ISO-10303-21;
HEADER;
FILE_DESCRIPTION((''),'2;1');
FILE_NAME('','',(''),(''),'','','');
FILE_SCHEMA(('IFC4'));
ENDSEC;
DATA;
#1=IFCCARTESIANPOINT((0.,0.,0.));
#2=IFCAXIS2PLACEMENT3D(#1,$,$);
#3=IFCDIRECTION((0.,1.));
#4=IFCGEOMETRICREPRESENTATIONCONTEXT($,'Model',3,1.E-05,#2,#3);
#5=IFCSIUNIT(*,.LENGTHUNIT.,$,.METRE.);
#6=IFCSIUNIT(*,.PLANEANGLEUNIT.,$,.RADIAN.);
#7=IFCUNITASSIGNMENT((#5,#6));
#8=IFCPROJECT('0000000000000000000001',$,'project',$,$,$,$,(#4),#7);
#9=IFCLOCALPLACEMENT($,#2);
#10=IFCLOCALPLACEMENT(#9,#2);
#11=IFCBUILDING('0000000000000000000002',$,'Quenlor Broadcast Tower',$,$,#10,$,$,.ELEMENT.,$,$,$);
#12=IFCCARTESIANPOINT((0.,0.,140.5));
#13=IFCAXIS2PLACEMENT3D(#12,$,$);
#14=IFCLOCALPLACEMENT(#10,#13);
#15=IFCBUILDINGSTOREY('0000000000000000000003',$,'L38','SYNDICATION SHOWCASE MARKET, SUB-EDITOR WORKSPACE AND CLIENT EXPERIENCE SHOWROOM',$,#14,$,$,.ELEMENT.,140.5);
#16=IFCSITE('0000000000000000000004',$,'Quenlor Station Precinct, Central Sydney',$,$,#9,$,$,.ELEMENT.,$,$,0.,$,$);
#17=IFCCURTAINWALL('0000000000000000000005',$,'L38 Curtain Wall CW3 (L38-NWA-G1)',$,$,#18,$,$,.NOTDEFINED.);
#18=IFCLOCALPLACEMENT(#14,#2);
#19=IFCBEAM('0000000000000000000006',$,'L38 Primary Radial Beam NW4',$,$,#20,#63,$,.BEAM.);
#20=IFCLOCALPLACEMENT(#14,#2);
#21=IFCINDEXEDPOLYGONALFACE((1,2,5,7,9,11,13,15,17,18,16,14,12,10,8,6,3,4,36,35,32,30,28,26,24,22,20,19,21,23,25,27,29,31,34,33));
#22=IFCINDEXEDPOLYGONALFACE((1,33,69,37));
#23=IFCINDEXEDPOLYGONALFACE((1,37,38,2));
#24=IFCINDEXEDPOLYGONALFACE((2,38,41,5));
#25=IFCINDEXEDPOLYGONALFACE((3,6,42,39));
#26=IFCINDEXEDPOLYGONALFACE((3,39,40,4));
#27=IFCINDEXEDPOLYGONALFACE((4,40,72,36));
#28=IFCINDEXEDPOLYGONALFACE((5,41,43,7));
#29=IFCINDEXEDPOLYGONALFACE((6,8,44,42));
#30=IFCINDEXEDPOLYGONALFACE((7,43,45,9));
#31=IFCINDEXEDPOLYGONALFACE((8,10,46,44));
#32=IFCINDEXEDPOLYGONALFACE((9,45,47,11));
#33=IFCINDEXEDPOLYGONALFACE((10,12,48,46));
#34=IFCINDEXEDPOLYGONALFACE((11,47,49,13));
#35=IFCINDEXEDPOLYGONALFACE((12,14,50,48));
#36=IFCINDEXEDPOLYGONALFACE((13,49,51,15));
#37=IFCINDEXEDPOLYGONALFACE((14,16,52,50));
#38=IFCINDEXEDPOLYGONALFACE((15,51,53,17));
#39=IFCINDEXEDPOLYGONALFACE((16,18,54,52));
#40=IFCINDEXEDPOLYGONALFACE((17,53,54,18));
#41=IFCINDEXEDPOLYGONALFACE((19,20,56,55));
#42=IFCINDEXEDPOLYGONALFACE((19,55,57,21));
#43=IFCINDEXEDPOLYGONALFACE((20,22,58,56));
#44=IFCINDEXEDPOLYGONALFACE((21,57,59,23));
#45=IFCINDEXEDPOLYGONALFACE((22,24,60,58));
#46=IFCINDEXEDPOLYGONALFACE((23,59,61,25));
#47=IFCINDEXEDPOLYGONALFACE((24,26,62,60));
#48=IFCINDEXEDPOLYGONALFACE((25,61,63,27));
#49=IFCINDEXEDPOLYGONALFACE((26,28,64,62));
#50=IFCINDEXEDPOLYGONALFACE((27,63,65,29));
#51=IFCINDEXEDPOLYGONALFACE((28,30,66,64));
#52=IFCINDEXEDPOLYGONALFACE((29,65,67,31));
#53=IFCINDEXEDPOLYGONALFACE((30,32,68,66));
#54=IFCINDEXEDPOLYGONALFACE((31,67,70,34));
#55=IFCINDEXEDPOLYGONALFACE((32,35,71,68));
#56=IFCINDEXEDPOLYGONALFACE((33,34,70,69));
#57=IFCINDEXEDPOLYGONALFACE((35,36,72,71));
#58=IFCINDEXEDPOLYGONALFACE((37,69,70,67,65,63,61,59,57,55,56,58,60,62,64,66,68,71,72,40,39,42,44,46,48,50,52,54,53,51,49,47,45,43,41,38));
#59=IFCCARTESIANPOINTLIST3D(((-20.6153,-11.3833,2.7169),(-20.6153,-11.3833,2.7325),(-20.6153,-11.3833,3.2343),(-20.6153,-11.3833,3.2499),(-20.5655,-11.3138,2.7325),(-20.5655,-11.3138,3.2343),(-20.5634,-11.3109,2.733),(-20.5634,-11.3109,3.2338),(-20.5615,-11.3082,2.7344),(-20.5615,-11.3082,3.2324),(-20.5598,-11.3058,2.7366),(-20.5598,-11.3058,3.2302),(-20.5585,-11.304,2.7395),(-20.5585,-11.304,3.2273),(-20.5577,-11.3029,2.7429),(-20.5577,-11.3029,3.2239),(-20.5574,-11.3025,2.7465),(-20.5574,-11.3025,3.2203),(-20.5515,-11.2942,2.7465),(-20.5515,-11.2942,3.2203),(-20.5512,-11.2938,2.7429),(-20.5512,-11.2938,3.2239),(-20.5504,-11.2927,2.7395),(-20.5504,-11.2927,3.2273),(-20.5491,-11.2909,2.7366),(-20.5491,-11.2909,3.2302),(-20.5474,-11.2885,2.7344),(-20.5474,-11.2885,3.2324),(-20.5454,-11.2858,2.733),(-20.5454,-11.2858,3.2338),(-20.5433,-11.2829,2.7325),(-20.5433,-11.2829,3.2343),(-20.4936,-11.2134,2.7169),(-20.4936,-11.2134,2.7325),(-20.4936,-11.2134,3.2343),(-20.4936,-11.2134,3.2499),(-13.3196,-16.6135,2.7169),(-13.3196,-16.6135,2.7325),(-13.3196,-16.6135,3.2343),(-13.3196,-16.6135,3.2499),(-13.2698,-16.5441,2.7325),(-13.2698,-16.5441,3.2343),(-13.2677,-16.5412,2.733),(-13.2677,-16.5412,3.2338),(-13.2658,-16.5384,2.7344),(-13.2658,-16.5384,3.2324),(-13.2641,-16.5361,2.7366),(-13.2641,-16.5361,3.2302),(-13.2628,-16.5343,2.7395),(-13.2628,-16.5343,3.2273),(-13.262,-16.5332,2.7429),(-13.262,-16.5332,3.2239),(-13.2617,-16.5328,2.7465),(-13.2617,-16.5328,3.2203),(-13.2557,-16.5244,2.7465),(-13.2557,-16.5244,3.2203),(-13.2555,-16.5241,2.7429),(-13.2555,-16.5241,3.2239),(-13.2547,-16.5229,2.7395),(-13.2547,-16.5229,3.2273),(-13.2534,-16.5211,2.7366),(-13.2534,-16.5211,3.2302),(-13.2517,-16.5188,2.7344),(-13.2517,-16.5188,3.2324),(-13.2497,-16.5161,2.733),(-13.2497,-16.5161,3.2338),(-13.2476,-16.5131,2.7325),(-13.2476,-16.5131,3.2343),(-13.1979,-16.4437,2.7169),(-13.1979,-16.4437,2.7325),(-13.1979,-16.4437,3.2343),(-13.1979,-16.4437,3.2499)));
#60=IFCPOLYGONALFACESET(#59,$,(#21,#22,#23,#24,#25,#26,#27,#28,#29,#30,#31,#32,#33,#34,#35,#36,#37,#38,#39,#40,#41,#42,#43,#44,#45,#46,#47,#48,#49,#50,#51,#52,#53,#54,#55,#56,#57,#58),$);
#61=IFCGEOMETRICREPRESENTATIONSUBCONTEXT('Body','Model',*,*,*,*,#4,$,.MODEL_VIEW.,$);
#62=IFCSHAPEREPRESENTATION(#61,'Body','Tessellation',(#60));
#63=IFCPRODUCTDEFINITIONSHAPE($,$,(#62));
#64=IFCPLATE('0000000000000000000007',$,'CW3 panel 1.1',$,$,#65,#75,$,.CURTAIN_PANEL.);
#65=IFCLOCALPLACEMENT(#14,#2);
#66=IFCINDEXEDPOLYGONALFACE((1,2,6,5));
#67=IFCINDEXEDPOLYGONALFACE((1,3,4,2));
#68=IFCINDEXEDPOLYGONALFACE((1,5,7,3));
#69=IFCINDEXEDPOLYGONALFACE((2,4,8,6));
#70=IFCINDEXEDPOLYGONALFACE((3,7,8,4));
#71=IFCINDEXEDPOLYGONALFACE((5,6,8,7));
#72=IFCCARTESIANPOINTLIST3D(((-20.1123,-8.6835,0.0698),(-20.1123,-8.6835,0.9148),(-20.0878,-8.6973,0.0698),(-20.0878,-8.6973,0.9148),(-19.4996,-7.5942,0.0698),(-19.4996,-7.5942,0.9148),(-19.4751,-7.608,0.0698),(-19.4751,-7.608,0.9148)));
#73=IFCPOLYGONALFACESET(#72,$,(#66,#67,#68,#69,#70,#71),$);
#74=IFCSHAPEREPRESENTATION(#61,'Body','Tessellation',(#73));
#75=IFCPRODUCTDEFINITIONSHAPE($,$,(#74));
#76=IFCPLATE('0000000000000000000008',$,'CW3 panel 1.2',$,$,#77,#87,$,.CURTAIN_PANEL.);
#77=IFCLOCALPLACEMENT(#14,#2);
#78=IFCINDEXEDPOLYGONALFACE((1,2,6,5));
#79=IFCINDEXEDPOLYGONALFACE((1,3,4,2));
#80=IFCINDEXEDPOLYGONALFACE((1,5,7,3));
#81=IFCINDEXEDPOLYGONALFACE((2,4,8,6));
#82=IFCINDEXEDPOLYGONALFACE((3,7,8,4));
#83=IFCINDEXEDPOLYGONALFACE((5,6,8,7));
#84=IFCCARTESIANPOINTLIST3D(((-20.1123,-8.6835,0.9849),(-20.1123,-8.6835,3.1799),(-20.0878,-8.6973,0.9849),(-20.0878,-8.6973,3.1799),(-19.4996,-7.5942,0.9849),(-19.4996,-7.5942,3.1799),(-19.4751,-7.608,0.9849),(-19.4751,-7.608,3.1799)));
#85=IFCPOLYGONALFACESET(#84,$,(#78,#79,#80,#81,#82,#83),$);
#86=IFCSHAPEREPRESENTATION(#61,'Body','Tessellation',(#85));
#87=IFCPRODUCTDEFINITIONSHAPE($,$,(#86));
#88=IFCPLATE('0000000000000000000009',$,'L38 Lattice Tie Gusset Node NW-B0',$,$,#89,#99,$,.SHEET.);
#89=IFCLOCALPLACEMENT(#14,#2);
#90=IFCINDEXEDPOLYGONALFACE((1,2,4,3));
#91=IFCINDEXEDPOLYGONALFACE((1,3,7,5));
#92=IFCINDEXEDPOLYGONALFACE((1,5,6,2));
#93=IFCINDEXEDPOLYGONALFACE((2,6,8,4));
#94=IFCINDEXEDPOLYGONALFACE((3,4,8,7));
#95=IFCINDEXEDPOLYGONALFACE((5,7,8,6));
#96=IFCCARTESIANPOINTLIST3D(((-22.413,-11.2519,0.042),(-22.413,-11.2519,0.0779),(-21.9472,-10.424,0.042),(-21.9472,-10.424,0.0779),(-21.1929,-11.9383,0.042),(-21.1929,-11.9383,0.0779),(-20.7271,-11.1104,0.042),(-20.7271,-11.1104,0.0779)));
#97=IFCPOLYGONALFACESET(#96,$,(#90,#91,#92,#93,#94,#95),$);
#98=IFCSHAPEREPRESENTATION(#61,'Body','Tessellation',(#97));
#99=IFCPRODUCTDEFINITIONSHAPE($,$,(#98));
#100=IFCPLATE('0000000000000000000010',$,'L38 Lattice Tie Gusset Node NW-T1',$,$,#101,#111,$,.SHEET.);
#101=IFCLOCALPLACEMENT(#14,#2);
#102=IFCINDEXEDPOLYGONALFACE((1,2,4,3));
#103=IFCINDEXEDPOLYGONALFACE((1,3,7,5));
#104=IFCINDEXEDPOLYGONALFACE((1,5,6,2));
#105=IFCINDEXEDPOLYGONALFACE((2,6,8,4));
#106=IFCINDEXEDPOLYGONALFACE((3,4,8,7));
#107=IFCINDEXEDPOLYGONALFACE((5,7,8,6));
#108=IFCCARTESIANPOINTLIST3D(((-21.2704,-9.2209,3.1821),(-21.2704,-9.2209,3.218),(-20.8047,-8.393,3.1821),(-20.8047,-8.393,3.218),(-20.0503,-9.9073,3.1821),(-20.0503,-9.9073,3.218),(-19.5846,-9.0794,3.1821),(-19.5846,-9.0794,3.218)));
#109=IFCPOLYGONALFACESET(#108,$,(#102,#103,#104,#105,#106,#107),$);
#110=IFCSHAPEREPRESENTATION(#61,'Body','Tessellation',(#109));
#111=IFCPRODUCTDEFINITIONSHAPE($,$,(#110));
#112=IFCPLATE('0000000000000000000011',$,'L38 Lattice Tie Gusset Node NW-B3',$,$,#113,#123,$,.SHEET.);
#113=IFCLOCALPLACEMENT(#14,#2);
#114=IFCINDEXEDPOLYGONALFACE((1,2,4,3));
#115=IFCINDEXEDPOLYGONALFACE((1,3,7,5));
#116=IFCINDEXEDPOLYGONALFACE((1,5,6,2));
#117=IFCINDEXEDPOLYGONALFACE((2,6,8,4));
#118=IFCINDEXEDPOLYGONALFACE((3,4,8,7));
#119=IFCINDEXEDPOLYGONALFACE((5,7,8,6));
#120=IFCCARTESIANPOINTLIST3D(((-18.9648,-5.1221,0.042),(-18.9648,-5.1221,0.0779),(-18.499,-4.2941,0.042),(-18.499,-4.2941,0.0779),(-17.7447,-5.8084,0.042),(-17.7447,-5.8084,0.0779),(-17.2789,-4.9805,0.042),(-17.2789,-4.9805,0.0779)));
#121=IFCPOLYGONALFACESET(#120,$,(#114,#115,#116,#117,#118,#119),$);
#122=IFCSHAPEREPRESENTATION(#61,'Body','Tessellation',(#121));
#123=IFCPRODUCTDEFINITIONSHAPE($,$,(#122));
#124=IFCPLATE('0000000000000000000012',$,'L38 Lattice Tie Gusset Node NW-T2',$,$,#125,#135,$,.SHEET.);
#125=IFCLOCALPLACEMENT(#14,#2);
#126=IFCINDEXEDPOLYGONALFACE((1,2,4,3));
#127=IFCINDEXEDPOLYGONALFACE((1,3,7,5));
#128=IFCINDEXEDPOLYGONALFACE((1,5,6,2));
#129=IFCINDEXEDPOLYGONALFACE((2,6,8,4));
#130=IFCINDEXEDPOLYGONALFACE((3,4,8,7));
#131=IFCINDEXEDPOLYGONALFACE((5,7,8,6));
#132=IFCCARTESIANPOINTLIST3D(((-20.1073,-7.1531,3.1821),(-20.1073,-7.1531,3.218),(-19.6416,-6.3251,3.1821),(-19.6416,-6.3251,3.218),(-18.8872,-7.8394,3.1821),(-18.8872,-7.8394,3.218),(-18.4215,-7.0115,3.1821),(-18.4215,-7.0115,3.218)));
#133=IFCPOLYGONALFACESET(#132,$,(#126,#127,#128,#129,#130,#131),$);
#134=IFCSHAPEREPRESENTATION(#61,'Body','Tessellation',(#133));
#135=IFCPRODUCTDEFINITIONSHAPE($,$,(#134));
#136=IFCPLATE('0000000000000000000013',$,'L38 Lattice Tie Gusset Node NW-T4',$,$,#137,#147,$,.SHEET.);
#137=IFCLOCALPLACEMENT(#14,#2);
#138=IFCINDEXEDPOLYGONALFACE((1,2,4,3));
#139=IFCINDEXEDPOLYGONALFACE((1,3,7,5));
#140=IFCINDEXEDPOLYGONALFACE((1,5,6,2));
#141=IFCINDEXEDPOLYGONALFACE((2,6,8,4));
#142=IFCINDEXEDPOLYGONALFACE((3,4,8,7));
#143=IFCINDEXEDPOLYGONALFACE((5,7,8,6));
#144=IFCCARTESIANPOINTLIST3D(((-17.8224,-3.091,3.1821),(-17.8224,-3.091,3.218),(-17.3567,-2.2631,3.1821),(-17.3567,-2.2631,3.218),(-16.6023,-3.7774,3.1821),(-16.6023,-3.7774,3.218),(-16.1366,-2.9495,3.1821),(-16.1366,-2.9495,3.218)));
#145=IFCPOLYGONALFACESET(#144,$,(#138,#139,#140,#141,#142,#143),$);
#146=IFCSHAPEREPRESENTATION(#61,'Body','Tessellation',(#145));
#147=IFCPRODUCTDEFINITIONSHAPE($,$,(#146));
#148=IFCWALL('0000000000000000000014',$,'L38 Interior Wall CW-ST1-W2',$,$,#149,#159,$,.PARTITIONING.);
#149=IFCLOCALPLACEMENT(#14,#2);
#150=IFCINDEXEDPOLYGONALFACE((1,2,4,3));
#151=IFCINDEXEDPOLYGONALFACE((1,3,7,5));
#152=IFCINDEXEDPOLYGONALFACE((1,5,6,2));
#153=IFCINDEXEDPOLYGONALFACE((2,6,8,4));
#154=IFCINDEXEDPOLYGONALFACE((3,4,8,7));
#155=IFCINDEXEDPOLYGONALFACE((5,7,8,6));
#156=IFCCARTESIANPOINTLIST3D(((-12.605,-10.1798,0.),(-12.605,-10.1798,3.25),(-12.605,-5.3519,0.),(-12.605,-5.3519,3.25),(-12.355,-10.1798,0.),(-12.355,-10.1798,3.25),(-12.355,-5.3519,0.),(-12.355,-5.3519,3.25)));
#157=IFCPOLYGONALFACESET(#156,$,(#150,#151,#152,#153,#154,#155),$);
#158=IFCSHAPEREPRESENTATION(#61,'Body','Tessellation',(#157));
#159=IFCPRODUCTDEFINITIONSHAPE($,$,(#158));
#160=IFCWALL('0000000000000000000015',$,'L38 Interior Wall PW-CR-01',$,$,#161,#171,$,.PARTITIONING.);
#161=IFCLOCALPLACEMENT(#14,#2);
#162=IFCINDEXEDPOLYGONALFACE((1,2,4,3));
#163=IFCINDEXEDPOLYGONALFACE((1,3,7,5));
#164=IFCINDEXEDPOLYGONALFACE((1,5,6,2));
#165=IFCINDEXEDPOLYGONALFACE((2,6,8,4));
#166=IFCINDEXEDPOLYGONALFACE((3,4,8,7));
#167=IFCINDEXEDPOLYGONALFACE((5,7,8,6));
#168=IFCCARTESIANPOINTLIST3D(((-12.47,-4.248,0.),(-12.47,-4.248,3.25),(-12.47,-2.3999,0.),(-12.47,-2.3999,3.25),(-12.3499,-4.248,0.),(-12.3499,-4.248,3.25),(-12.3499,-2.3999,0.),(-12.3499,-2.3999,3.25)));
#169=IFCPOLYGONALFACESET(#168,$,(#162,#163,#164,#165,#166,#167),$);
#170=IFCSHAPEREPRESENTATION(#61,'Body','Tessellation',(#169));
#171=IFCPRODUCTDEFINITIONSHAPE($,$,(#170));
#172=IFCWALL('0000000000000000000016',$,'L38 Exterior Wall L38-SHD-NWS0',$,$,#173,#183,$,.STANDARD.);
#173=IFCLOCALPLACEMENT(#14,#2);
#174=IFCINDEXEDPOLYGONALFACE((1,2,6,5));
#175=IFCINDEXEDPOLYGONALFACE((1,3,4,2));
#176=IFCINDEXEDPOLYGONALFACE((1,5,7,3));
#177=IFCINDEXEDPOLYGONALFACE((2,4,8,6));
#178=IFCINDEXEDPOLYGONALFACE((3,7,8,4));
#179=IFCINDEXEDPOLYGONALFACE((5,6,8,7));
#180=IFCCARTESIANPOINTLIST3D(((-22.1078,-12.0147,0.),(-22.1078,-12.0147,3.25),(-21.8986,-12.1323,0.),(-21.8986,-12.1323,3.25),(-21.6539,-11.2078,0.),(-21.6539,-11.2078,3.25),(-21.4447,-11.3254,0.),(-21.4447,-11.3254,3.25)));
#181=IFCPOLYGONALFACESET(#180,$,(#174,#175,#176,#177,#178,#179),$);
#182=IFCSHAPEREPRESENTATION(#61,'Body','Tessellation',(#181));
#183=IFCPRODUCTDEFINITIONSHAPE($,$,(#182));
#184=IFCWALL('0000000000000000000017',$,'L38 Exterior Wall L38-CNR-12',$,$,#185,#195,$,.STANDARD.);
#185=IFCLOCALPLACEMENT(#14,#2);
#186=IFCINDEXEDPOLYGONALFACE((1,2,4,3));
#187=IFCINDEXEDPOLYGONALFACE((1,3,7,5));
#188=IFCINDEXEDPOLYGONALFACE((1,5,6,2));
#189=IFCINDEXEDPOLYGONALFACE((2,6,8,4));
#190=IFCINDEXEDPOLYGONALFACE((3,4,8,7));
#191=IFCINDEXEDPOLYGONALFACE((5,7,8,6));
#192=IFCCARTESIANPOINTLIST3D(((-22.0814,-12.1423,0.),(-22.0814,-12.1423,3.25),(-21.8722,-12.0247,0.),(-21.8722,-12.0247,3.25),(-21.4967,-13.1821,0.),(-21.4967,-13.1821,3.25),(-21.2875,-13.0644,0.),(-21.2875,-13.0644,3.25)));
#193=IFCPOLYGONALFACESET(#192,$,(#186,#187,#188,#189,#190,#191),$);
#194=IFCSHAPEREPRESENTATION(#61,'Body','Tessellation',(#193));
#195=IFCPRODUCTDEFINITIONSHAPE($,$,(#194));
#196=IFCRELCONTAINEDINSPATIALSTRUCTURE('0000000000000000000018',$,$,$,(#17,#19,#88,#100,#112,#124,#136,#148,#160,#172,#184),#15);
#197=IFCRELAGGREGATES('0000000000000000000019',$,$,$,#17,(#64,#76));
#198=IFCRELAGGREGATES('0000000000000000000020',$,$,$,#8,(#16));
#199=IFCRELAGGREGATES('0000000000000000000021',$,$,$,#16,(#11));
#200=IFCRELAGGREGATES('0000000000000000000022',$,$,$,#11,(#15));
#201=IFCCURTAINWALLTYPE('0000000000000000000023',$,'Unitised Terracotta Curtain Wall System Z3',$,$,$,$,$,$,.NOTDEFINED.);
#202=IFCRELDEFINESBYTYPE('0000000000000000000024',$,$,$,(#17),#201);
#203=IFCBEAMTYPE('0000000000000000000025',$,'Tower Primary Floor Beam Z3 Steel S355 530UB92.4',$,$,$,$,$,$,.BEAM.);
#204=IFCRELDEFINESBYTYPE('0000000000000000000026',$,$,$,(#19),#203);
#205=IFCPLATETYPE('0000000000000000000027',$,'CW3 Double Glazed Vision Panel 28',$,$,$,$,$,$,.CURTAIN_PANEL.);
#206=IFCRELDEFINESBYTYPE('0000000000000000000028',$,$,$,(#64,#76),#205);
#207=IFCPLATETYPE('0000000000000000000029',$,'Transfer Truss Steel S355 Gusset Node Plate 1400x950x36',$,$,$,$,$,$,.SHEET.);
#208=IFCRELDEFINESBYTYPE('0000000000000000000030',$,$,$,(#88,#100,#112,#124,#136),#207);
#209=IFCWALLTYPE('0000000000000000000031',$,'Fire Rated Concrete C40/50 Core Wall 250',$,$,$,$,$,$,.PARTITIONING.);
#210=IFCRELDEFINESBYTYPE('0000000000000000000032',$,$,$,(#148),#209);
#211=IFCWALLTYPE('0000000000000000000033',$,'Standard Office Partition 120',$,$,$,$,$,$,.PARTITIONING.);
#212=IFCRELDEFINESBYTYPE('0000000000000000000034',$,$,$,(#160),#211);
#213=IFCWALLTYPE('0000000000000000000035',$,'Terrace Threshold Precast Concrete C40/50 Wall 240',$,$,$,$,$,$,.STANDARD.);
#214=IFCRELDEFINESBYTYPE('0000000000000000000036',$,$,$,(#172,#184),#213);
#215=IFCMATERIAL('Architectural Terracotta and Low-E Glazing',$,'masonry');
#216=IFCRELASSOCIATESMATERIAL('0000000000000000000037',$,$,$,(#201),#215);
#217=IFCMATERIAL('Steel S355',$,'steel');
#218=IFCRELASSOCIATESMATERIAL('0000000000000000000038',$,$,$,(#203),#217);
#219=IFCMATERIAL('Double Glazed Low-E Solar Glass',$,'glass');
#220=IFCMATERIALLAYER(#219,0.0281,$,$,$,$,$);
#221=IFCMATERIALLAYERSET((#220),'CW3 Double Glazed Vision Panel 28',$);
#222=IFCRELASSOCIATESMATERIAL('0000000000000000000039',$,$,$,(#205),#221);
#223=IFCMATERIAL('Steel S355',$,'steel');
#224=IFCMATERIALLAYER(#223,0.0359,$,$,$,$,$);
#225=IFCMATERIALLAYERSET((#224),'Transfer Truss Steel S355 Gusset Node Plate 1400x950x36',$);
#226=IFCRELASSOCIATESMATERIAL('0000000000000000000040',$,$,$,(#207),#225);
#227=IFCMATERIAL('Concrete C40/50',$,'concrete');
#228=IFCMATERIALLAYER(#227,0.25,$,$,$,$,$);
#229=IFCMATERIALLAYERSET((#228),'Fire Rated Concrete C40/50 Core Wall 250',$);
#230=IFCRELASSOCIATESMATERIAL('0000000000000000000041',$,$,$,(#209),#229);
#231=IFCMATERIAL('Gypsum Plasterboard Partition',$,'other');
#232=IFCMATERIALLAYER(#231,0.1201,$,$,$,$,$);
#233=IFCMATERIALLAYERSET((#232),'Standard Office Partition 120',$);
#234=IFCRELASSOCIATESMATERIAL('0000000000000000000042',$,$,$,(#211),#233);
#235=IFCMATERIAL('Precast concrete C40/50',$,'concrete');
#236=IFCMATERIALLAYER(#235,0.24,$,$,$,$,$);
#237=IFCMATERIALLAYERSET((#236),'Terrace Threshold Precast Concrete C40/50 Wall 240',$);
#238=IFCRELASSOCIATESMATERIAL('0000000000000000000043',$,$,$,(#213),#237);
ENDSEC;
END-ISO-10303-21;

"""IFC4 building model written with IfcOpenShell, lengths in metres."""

from ifc_helpers import new_model, si_unit, direction, frame, frame_2d, origin, origin_2d, place, context, subcontext, project, spatial, rectangle, i_section, extrude, material, layer, layer_set, material_profile, profile_set, type_object, element, aggregate, save


model = new_model("IFC4")

# Units and contexts
model_context = context("Model", 3, precision=1e-05, world=origin(), true_north=direction((0.0, 1.0)))
body_context = subcontext(model_context, "Body", "Model", "MODEL_VIEW")
ifc_project = project(units=[si_unit("LENGTHUNIT", "METRE"), si_unit("PLANEANGLEUNIT", "RADIAN")], contexts=[model_context])

# Site, building, storey
site_placement = place(None, origin())
site = spatial("IfcSite", under=ifc_project, at=site_placement, Name="Quenlor Station Precinct, Central Sydney", CompositionType="ELEMENT", RefElevation=0.0)
building_placement = place(site_placement, origin())
building = spatial("IfcBuilding", under=site, at=building_placement, Name="Quenlor Broadcast Tower", CompositionType="ELEMENT")
storey_placement = place(building_placement, frame((0.0, 0.0, 140.5)))
storey = spatial("IfcBuildingStorey", under=building, at=storey_placement, Name="L38", Description="SYNDICATION SHOWCASE MARKET, SUB-EDITOR WORKSPACE AND CLIENT EXPERIENCE SHOWROOM", CompositionType="ELEMENT", Elevation=140.5)

# Curtain wall
ifc_material_1 = material(Name="Architectural Terracotta and Low-E Glazing", Category="masonry")
curtain_wall_type = type_object("IfcCurtainWallType", Name="Unitised Terracotta Curtain Wall System Z3", PredefinedType="NOTDEFINED", material=ifc_material_1)
curtain_wall_placement = place(storey_placement, origin())
curtain_wall = element("IfcCurtainWall", 1, at=curtain_wall_placement, inside=storey, type_object=curtain_wall_type, Name="L38 Curtain Wall CW3 (L38-NWA-G1)", PredefinedType="NOTDEFINED")

# Beam
ifc_material_2 = material(Name="Steel S355", Category="steel")
ifc_material_profile_1 = material_profile(ifc_material_2, i_section(OverallWidth=0.209, OverallDepth=0.533, WebThickness=0.0103, FlangeThickness=0.0156, FilletRadius=0.0139, at=origin_2d()))
ifc_profile_set_1 = profile_set([ifc_material_profile_1], Name="Steel S355 530UB92.4")
beam_type_1 = type_object("IfcBeamType", Name="Tower Primary Floor Beam Z3 Steel S355 530UB92.4", PredefinedType="BEAM", material=ifc_profile_set_1)
beam_1_placement = place(storey_placement, frame((-20.5544, -11.2983, 2.9834), z_axis=(0.812729, -0.582642, 0.0), x_axis=(0.582642, 0.812729, 0.0)))
element("IfcBeam", 2, at=beam_1_placement, inside=storey, type_object=beam_type_1, Name="L38 Primary Radial Beam NW4", PredefinedType="BEAM", context=body_context, shape_type="SweptSolid", body=[
    extrude(i_section(OverallWidth=0.209, OverallDepth=0.533, WebThickness=0.0103, FlangeThickness=0.0156, FilletRadius=0.0139, at=origin_2d()), origin(), (0.0, 0.0, 1.0), 8.9768),
])

# Plates
ifc_material_3 = material(Name="Double Glazed Low-E Solar Glass", Category="glass")
ifc_layer_1 = layer(ifc_material_3, 0.0281)
ifc_layer_set_1 = layer_set([ifc_layer_1], Name="CW3 Double Glazed Vision Panel 28")
plate_type_1 = type_object("IfcPlateType", Name="CW3 Double Glazed Vision Panel 28", PredefinedType="CURTAIN_PANEL", material=ifc_layer_set_1)
plate_1_placement = place(storey_placement, frame((-19.7937, -8.1458, 0.0698), z_axis=(0.0, 0.0, 1.0), x_axis=(0.490261, 0.871576, 0.0)))
plate_1 = element("IfcPlate", 3, at=plate_1_placement, type_object=plate_type_1, Name="CW3 panel 1.1", PredefinedType="CURTAIN_PANEL", context=body_context, shape_type="SweptSolid", body=[
    extrude(rectangle(XDim=1.2498, YDim=0.0281, at=origin_2d()), origin(), (0.0, 0.0, 1.0), 0.845),
])
plate_2_placement = place(storey_placement, frame((-19.7937, -8.1458, 0.9849), z_axis=(0.0, 0.0, 1.0), x_axis=(0.490261, 0.871576, 0.0)))
plate_2 = element("IfcPlate", 4, at=plate_2_placement, type_object=plate_type_1, Name="CW3 panel 1.2", PredefinedType="CURTAIN_PANEL", context=body_context, shape_type="SweptSolid", body=[
    extrude(rectangle(XDim=1.2498, YDim=0.0281, at=origin_2d()), origin(), (0.0, 0.0, 1.0), 2.1951),
])
aggregate(curtain_wall, [plate_1, plate_2])

# Plates
ifc_material_4 = material(Name="Steel S355", Category="steel")
ifc_layer_2 = layer(ifc_material_4, 0.0359)
ifc_layer_set_2 = layer_set([ifc_layer_2], Name="Transfer Truss Steel S355 Gusset Node Plate 1400x950x36")
plate_type_2 = type_object("IfcPlateType", Name="Transfer Truss Steel S355 Gusset Node Plate 1400x950x36", PredefinedType="SHEET", material=ifc_layer_set_2)
for number, where, z_axis, x_axis, name in (
    (5, (-21.5701, -11.1812, 0.042), (0.0, 0.0, 1.0), (-0.871556, 0.490295, 0.0), "L38 Lattice Tie Gusset Node NW-B0"),
    (6, (-20.4275, -9.1501, 3.1821), (0.0, 0.0, 1.0), (-0.871556, 0.490295, 0.0), "L38 Lattice Tie Gusset Node NW-T1"),
    (7, (-18.1218, -5.0513, 0.042), (0.0, 0.0, 1.0), (-0.871556, 0.490295, 0.0), "L38 Lattice Tie Gusset Node NW-B3"),
    (8, (-19.2644, -7.0823, 3.1821), (0.0, 0.0, 1.0), (-0.871556, 0.490295, 0.0), "L38 Lattice Tie Gusset Node NW-T2"),
    (9, (-16.9795, -3.0203, 3.1821), (0.0, 0.0, 1.0), (-0.871556, 0.490295, 0.0), "L38 Lattice Tie Gusset Node NW-T4"),
):
    element("IfcPlate", number, at=place(storey_placement, frame(where, z_axis=z_axis, x_axis=x_axis)), inside=storey, type_object=plate_type_2, Name=name, PredefinedType="SHEET", context=body_context, shape_type="SweptSolid", body=[
        extrude(rectangle(XDim=1.3999, YDim=0.95, at=origin_2d()), origin(), (0.0, 0.0, 1.0), 0.0359),
    ])

# Walls
ifc_material_5 = material(Name="Concrete C40/50", Category="concrete")
ifc_layer_3 = layer(ifc_material_5, 0.25)
ifc_layer_set_3 = layer_set([ifc_layer_3], Name="Fire Rated Concrete C40/50 Core Wall 250")
wall_type_1 = type_object("IfcWallType", Name="Fire Rated Concrete C40/50 Core Wall 250", PredefinedType="PARTITIONING", material=ifc_layer_set_3)
wall_1_placement = place(storey_placement, frame((-12.48, -10.1799, 0.0), z_axis=(0.0, 0.0, 1.0), x_axis=(0.0, 1.0, 0.0)))
element("IfcWall", 10, at=wall_1_placement, inside=storey, type_object=wall_type_1, Name="L38 Interior Wall CW-ST1-W2", PredefinedType="PARTITIONING", context=body_context, shape_type="SweptSolid", body=[
    extrude(rectangle(XDim=4.8279, YDim=0.25, at=frame_2d((2.4141, 0.0))), origin(), (0.0, 0.0, 1.0), 3.25),
])
ifc_material_6 = material(Name="Gypsum Plasterboard Partition", Category="other")
ifc_layer_4 = layer(ifc_material_6, 0.1201)
ifc_layer_set_4 = layer_set([ifc_layer_4], Name="Standard Office Partition 120")
wall_type_2 = type_object("IfcWallType", Name="Standard Office Partition 120", PredefinedType="PARTITIONING", material=ifc_layer_set_4)
wall_2_placement = place(storey_placement, frame((-12.4099, -4.248, 0.0), z_axis=(0.0, 0.0, 1.0), x_axis=(0.0, 1.0, 0.0)))
element("IfcWall", 11, at=wall_2_placement, inside=storey, type_object=wall_type_2, Name="L38 Interior Wall PW-CR-01", PredefinedType="PARTITIONING", context=body_context, shape_type="SweptSolid", body=[
    extrude(rectangle(XDim=1.8481, YDim=0.1201, at=frame_2d((0.9241, 0.0))), origin(), (0.0, 0.0, 1.0), 3.25),
])
ifc_material_7 = material(Name="Precast concrete C40/50", Category="concrete")
ifc_layer_5 = layer(ifc_material_7, 0.24)
ifc_layer_set_5 = layer_set([ifc_layer_5], Name="Terrace Threshold Precast Concrete C40/50 Wall 240")
wall_type_3 = type_object("IfcWallType", Name="Terrace Threshold Precast Concrete C40/50 Wall 240", PredefinedType="STANDARD", material=ifc_layer_set_5)
wall_3_placement = place(storey_placement, frame((-22.0032, -12.0735, 0.0), z_axis=(0.0, 0.0, 1.0), x_axis=(0.490249, 0.871583, 0.0)))
element("IfcWall", 12, at=wall_3_placement, inside=storey, type_object=wall_type_3, Name="L38 Exterior Wall L38-SHD-NWS0", PredefinedType="STANDARD", context=body_context, shape_type="SweptSolid", body=[
    extrude(rectangle(XDim=0.9258, YDim=0.24, at=frame_2d((0.4629, 0.0))), origin(), (0.0, 0.0, 1.0), 3.25),
])
wall_4_placement = place(storey_placement, frame((-21.9768, -12.0835, 0.0), z_axis=(0.0, 0.0, 1.0), x_axis=(0.490154, -0.871636, 0.0)))
element("IfcWall", 13, at=wall_4_placement, inside=storey, type_object=wall_type_3, Name="L38 Exterior Wall L38-CNR-12", PredefinedType="STANDARD", context=body_context, shape_type="SweptSolid", body=[
    extrude(rectangle(XDim=1.1929, YDim=0.24, at=frame_2d((0.5964, 0.0))), origin(), (0.0, 0.0, 1.0), 3.25),
])

save(model, "model.ifc")
